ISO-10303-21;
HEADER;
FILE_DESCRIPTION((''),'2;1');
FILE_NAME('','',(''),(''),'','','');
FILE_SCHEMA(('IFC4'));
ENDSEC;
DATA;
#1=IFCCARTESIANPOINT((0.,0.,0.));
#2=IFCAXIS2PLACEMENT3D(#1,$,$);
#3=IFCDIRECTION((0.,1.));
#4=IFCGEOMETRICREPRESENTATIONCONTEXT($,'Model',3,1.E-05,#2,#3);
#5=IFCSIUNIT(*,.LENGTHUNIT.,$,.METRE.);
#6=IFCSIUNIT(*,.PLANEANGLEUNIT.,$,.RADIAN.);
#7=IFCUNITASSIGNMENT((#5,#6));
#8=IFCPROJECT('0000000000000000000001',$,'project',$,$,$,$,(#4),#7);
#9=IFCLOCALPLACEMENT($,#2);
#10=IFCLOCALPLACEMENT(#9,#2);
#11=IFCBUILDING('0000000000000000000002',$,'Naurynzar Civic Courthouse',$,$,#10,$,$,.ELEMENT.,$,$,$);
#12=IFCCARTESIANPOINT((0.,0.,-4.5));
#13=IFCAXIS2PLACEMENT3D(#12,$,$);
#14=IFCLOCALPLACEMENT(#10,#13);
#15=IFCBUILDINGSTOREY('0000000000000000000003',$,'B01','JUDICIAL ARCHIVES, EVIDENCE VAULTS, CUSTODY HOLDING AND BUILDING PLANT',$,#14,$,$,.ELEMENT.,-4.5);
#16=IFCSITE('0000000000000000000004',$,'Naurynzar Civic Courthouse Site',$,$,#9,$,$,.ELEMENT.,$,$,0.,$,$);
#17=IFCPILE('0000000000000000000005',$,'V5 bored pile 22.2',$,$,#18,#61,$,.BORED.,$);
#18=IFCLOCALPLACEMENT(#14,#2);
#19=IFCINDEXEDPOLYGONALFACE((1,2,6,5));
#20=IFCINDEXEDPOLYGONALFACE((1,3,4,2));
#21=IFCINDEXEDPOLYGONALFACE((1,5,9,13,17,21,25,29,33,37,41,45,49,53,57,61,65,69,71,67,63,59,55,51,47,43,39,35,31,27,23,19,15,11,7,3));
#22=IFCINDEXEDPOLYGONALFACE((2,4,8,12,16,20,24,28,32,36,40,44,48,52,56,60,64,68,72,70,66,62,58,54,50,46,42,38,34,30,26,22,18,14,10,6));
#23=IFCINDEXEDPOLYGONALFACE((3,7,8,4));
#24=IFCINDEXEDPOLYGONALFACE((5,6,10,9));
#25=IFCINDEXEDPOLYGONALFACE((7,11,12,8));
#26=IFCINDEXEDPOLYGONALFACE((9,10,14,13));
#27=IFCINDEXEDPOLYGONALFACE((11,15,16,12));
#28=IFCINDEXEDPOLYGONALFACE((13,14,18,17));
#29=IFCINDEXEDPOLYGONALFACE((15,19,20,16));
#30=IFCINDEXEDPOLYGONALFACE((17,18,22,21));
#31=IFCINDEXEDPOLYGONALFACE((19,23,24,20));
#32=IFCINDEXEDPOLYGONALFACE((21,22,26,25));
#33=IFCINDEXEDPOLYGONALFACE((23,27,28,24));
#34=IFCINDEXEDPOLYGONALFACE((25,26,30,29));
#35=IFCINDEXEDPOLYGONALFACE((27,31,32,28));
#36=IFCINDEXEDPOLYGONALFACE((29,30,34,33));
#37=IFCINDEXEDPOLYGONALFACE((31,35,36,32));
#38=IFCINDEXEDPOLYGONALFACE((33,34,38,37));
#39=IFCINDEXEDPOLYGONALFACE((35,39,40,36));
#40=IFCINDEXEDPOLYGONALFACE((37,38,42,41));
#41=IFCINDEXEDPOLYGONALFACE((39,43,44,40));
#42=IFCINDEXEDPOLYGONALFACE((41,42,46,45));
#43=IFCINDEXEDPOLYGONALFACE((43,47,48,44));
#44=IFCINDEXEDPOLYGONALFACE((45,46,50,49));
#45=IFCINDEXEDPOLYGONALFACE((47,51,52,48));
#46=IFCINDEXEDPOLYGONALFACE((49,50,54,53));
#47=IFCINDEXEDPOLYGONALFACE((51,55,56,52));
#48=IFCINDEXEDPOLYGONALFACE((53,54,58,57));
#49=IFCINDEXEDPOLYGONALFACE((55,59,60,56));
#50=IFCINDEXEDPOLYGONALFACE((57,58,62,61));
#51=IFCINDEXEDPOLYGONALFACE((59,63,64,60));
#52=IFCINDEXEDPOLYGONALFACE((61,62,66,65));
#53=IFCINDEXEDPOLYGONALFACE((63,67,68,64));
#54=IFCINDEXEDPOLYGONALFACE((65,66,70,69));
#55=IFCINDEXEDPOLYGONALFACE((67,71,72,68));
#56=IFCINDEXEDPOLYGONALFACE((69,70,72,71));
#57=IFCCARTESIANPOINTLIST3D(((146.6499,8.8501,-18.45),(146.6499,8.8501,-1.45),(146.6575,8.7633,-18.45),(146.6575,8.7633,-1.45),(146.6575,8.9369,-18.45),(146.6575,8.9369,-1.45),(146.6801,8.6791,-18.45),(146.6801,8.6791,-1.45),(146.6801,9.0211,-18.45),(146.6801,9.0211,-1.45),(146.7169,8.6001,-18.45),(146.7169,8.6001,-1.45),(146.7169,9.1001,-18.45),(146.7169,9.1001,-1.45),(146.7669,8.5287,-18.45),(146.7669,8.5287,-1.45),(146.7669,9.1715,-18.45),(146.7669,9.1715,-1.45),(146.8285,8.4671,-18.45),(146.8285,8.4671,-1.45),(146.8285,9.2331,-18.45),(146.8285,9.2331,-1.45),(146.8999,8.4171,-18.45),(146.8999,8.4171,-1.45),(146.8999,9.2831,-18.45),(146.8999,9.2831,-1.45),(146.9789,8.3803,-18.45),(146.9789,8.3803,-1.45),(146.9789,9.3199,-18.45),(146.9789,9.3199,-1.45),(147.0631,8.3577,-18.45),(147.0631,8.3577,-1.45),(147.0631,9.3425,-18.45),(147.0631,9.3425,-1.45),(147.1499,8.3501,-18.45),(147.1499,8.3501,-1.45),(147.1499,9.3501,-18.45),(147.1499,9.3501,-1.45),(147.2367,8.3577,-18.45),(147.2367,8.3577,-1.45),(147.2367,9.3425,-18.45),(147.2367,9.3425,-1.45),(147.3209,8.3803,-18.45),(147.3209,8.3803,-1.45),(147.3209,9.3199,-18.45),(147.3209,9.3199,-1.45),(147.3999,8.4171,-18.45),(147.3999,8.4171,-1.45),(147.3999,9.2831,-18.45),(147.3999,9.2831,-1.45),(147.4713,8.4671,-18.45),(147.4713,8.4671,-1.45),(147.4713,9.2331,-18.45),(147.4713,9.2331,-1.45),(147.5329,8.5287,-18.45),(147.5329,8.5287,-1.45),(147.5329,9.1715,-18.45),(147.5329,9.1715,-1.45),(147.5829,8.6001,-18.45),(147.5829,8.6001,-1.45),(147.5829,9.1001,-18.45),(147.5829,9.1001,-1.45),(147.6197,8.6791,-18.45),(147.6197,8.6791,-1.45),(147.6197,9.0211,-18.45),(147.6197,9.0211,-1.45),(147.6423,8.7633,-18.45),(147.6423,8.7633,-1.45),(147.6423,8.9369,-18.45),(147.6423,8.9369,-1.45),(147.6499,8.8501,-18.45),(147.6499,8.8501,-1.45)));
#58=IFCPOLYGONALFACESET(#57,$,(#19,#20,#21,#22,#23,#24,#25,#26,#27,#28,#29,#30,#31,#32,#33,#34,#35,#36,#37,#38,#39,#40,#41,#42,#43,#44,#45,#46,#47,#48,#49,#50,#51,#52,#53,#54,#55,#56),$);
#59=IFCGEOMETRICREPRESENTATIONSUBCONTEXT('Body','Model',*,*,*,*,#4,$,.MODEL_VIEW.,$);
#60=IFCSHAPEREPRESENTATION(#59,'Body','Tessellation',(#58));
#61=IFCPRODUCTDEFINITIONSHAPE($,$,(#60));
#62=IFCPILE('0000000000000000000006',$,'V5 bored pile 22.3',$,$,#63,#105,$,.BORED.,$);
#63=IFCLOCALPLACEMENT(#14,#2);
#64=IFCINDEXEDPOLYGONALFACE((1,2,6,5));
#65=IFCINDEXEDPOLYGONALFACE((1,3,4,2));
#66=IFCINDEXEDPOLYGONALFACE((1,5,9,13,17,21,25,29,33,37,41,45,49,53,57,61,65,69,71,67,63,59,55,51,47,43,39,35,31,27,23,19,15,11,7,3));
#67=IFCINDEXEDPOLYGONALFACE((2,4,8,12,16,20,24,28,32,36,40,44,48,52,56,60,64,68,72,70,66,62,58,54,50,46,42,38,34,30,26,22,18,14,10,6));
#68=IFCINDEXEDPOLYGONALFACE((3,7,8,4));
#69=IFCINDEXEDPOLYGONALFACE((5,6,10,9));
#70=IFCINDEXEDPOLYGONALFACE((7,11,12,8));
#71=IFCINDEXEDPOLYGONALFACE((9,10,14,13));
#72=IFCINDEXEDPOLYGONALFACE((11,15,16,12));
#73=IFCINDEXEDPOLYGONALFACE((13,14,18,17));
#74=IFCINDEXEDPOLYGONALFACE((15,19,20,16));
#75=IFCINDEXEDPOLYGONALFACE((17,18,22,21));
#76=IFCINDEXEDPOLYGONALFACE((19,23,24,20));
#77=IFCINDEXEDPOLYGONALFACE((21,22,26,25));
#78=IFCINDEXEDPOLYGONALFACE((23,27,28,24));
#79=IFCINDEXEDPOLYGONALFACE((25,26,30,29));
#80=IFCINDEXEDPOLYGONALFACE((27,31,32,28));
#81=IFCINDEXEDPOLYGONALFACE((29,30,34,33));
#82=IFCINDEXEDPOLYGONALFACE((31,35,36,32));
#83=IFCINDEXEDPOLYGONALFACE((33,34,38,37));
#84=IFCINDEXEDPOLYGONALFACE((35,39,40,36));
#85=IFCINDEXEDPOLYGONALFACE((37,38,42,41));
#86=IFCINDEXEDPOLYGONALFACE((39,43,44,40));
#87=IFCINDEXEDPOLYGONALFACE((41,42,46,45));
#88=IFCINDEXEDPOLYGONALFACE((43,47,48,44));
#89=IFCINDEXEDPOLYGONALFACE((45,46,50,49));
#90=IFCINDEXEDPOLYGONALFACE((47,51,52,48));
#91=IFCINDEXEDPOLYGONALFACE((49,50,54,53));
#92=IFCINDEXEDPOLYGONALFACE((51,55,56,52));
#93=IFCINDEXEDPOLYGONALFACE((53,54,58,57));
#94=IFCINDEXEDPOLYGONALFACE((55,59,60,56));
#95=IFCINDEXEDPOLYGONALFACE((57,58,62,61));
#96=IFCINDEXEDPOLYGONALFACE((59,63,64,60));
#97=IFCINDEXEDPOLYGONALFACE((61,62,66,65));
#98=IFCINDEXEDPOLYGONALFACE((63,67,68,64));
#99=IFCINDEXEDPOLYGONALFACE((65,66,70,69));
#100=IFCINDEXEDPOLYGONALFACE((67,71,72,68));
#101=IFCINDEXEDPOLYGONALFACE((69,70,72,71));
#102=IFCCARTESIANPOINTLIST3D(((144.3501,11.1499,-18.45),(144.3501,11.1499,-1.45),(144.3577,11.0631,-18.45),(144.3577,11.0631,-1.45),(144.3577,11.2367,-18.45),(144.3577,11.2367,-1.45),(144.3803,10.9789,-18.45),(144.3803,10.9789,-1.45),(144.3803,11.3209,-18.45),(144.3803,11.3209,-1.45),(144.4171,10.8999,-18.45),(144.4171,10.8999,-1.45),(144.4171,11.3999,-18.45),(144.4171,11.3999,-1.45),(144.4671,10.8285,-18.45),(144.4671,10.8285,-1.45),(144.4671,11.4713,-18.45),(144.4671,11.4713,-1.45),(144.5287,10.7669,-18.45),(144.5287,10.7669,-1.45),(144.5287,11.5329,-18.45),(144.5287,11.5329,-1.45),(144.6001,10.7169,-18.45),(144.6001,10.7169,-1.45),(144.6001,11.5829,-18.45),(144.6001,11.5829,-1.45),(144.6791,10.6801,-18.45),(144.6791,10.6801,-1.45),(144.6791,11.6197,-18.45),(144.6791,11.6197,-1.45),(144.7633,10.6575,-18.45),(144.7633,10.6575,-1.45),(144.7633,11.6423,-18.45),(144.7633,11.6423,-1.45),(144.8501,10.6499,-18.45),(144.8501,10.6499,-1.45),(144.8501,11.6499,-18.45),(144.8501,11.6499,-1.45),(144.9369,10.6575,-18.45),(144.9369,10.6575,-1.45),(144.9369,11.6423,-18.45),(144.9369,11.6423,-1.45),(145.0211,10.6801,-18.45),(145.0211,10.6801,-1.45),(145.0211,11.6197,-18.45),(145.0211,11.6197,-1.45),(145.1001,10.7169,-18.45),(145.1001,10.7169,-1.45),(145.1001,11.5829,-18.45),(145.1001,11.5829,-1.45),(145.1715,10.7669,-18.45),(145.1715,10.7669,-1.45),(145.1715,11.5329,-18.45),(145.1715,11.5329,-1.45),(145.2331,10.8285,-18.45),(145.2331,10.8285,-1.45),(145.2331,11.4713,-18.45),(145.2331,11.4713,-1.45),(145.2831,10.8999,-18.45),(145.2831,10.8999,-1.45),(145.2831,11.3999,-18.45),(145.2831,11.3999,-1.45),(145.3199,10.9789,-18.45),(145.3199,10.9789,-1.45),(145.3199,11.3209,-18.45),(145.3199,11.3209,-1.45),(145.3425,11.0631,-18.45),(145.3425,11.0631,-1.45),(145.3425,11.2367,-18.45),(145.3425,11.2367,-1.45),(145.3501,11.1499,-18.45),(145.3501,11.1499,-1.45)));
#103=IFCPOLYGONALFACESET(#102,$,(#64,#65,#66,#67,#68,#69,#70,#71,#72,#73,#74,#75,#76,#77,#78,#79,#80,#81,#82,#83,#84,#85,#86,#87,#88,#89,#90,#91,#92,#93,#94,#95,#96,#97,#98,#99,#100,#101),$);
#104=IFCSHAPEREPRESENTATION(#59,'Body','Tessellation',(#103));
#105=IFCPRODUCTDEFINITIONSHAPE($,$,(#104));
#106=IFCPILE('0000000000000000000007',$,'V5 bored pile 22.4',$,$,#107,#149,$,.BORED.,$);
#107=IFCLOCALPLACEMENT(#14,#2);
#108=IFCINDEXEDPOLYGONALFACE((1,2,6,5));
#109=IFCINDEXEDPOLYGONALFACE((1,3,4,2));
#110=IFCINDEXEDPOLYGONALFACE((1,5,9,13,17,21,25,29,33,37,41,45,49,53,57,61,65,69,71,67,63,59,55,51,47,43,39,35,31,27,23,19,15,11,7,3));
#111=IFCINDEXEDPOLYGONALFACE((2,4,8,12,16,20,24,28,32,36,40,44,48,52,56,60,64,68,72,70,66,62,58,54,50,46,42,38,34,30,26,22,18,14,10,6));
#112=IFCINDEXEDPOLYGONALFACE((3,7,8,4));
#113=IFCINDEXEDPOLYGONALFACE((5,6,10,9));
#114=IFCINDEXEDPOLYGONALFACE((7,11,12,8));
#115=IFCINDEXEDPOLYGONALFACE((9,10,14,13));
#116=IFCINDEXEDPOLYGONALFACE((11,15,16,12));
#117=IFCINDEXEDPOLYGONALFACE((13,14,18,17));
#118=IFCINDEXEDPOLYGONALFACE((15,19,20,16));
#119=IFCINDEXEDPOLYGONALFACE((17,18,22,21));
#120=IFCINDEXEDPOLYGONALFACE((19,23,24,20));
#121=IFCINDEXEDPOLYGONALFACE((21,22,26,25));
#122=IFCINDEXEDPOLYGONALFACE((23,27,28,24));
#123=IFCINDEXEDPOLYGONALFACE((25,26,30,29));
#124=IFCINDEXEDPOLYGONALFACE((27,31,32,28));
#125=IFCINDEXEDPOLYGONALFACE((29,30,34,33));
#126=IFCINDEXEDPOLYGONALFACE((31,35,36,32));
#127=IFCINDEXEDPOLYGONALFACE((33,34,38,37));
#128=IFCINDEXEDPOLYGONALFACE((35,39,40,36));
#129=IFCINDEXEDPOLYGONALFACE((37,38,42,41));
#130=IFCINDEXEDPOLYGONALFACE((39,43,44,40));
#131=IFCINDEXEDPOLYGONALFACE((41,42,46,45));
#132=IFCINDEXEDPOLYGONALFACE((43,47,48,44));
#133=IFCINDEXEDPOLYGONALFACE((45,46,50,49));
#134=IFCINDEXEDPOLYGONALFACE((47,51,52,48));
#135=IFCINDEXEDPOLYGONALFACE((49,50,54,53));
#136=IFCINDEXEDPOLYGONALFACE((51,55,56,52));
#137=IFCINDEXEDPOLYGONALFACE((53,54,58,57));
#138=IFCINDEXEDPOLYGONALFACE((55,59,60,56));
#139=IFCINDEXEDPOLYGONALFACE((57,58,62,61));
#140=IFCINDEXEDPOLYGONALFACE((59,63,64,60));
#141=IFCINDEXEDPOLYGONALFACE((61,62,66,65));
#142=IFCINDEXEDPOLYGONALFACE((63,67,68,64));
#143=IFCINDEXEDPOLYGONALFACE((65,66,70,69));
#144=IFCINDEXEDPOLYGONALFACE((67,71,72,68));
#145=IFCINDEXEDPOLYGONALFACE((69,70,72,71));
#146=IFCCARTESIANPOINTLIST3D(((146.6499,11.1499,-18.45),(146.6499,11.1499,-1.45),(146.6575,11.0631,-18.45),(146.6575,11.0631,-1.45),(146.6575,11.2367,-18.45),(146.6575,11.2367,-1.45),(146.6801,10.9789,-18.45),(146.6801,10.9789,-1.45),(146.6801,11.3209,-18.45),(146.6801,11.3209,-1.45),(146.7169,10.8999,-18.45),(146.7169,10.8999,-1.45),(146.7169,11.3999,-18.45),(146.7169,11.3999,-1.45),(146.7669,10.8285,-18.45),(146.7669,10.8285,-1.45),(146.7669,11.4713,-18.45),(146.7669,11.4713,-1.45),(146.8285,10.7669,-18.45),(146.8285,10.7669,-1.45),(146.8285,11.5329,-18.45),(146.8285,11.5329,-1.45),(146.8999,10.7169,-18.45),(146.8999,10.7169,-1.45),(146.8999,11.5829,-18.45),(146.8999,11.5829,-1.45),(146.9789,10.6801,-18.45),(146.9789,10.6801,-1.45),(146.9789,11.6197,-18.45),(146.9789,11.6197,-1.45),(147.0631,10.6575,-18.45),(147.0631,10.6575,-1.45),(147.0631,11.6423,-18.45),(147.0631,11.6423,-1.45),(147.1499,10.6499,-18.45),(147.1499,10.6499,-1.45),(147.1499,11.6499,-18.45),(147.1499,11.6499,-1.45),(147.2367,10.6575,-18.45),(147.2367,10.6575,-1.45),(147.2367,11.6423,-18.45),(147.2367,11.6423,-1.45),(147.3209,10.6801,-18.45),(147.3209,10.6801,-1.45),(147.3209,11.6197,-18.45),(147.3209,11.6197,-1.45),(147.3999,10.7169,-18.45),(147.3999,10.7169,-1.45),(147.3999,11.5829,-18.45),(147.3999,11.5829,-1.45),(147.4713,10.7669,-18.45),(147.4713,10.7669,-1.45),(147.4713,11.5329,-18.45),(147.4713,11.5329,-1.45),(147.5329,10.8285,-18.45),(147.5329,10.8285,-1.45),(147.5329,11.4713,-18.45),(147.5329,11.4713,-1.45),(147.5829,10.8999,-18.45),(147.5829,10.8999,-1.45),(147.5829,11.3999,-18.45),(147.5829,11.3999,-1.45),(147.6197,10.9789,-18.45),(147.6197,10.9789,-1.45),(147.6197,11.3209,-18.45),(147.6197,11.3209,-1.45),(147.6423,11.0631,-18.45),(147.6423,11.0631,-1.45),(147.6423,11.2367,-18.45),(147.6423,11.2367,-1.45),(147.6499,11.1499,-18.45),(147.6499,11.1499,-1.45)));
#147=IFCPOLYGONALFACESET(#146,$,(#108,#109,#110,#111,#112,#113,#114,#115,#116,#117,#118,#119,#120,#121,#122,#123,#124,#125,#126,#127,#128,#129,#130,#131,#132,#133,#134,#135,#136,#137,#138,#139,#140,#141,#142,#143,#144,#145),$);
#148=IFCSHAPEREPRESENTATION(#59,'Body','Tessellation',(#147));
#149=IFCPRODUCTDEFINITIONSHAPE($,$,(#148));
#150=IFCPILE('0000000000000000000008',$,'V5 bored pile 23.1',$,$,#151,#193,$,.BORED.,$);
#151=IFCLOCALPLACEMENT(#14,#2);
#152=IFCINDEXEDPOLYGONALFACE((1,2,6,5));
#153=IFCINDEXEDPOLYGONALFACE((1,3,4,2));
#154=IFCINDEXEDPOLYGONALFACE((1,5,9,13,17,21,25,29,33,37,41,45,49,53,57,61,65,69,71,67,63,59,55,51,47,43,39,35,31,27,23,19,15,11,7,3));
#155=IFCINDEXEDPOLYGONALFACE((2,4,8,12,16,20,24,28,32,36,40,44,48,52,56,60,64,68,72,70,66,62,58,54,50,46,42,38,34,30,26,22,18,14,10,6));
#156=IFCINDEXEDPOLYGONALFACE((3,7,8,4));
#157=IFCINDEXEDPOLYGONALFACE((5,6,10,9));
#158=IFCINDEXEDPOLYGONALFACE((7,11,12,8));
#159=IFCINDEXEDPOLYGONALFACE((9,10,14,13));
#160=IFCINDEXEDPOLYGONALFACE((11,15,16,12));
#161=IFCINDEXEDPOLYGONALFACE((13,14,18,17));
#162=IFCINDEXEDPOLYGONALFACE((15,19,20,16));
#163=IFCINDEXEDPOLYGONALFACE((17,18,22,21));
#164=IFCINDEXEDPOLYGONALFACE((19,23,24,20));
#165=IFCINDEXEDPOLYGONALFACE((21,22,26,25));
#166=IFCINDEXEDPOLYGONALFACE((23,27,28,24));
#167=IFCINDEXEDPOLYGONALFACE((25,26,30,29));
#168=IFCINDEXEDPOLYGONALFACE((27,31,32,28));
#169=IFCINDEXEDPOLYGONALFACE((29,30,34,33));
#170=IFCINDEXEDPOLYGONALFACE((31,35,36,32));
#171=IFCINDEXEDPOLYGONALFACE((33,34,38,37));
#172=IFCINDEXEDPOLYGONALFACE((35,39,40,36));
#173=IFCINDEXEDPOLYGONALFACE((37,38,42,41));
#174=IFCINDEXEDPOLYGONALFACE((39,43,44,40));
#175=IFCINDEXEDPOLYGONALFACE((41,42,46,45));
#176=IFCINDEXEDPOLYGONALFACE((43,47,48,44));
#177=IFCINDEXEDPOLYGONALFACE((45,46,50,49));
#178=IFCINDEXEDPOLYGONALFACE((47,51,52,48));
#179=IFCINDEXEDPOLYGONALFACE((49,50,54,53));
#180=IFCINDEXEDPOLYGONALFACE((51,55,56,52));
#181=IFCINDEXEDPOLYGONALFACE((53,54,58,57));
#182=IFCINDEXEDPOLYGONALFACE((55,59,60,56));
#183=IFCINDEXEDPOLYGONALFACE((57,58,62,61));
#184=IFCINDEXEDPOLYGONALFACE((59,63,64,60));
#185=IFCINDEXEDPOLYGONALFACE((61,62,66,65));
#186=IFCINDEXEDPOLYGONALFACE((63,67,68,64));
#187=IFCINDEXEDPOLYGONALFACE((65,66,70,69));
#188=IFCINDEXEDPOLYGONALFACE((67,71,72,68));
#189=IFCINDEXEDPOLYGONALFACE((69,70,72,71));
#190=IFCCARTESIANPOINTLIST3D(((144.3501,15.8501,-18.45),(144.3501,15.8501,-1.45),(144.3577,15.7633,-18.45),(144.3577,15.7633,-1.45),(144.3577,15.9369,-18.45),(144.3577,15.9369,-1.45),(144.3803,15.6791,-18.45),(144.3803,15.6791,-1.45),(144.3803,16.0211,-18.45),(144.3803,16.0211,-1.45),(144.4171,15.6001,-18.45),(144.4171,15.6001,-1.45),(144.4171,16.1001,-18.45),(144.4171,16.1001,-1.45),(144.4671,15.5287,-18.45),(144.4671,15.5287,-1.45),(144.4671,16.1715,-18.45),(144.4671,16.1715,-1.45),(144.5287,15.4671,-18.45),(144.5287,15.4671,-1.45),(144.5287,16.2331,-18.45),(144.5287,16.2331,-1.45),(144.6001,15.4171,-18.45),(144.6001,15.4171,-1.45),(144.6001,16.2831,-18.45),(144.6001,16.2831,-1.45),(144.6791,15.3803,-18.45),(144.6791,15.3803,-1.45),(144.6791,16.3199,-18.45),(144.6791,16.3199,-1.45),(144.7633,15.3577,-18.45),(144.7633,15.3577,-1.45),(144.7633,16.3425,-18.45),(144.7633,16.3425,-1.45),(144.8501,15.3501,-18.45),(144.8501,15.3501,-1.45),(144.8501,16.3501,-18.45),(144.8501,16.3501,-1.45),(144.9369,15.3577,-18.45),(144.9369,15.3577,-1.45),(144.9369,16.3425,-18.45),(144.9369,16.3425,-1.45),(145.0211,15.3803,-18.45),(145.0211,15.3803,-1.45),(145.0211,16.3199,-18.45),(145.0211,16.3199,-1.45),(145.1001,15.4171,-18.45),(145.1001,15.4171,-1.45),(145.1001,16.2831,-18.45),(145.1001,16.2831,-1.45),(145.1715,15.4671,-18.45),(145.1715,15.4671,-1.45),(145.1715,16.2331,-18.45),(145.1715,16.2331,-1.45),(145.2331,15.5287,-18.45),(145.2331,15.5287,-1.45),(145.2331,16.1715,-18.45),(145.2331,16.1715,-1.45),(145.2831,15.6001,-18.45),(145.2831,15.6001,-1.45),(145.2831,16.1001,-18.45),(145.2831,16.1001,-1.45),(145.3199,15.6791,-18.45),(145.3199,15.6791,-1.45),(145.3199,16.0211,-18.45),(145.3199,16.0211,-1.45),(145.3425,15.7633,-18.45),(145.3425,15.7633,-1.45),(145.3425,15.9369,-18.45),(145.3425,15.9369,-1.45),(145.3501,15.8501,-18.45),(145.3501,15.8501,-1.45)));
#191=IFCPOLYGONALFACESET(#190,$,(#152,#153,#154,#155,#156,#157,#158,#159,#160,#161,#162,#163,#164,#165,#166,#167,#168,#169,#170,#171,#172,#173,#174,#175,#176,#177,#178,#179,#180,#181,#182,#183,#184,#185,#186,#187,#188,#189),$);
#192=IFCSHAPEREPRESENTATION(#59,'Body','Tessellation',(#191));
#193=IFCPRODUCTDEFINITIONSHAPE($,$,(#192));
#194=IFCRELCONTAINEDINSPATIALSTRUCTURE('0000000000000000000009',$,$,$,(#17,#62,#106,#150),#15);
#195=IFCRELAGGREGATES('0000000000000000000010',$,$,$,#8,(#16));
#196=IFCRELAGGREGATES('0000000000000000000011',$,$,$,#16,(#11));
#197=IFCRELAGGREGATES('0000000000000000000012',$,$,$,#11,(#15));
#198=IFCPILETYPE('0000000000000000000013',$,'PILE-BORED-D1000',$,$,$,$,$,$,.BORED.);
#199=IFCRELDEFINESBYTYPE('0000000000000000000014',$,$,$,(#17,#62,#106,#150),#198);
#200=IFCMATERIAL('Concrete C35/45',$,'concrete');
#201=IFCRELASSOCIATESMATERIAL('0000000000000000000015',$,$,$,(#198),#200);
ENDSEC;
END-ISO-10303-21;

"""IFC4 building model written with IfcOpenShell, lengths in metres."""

from ifc_helpers import new_model, si_unit, direction, frame, origin, origin_2d, place, context, subcontext, project, spatial, circle, extrude, material, material_profile, profile_set, type_object, element, save


model = new_model("IFC4")

# Units and contexts
model_context = context("Model", 3, precision=1e-05, world=origin(), true_north=direction((0.0, 1.0)))
body_context = subcontext(model_context, "Body", "Model", "MODEL_VIEW")
ifc_project = project(units=[si_unit("LENGTHUNIT", "METRE"), si_unit("PLANEANGLEUNIT", "RADIAN")], contexts=[model_context])

# Site, building, storey
site_placement = place(None, origin())
site = spatial("IfcSite", under=ifc_project, at=site_placement, Name="Naurynzar Civic Courthouse Site", CompositionType="ELEMENT", RefElevation=0.0)
building_placement = place(site_placement, origin())
building = spatial("IfcBuilding", under=site, at=building_placement, Name="Naurynzar Civic Courthouse", CompositionType="ELEMENT")
storey_placement = place(building_placement, frame((0.0, 0.0, -4.5)))
storey = spatial("IfcBuildingStorey", under=building, at=storey_placement, Name="B01", Description="JUDICIAL ARCHIVES, EVIDENCE VAULTS, CUSTODY HOLDING AND BUILDING PLANT", CompositionType="ELEMENT", Elevation=-4.5)

# Piles
ifc_material_1 = material(Name="Concrete C35/45", Category="concrete")
ifc_material_profile_1 = material_profile(ifc_material_1, circle(Radius=0.5, at=origin_2d()), Name="PILE D1000")
ifc_profile_set_1 = profile_set([ifc_material_profile_1], Name="Concrete C35/45")
pile_type_1 = type_object("IfcPileType", Name="PILE-BORED-D1000", PredefinedType="BORED", material=ifc_profile_set_1)
for number, where, z_axis, x_axis, name in (
    (1, (147.1499, 8.8501, -1.45), (0.0, 0.0, -1.0), (1.0, 0.0, 0.0), "V5 bored pile 22.2"),
    (2, (144.8501, 11.1499, -1.45), (0.0, 0.0, -1.0), (1.0, 0.0, 0.0), "V5 bored pile 22.3"),
    (3, (147.1499, 11.1499, -1.45), (0.0, 0.0, -1.0), (1.0, 0.0, 0.0), "V5 bored pile 22.4"),
    (4, (144.8501, 15.8501, -1.45), (0.0, 0.0, -1.0), (1.0, 0.0, 0.0), "V5 bored pile 23.1"),
):
    element("IfcPile", number, at=place(storey_placement, frame(where, z_axis=z_axis, x_axis=x_axis)), inside=storey, type_object=pile_type_1, Name=name, PredefinedType="BORED", context=body_context, shape_type="SweptSolid", body=[
        extrude(circle(Radius=0.5, at=origin_2d()), origin(), (0.0, 0.0, 1.0), 17.0),
    ])

save(model, "model.ifc")
